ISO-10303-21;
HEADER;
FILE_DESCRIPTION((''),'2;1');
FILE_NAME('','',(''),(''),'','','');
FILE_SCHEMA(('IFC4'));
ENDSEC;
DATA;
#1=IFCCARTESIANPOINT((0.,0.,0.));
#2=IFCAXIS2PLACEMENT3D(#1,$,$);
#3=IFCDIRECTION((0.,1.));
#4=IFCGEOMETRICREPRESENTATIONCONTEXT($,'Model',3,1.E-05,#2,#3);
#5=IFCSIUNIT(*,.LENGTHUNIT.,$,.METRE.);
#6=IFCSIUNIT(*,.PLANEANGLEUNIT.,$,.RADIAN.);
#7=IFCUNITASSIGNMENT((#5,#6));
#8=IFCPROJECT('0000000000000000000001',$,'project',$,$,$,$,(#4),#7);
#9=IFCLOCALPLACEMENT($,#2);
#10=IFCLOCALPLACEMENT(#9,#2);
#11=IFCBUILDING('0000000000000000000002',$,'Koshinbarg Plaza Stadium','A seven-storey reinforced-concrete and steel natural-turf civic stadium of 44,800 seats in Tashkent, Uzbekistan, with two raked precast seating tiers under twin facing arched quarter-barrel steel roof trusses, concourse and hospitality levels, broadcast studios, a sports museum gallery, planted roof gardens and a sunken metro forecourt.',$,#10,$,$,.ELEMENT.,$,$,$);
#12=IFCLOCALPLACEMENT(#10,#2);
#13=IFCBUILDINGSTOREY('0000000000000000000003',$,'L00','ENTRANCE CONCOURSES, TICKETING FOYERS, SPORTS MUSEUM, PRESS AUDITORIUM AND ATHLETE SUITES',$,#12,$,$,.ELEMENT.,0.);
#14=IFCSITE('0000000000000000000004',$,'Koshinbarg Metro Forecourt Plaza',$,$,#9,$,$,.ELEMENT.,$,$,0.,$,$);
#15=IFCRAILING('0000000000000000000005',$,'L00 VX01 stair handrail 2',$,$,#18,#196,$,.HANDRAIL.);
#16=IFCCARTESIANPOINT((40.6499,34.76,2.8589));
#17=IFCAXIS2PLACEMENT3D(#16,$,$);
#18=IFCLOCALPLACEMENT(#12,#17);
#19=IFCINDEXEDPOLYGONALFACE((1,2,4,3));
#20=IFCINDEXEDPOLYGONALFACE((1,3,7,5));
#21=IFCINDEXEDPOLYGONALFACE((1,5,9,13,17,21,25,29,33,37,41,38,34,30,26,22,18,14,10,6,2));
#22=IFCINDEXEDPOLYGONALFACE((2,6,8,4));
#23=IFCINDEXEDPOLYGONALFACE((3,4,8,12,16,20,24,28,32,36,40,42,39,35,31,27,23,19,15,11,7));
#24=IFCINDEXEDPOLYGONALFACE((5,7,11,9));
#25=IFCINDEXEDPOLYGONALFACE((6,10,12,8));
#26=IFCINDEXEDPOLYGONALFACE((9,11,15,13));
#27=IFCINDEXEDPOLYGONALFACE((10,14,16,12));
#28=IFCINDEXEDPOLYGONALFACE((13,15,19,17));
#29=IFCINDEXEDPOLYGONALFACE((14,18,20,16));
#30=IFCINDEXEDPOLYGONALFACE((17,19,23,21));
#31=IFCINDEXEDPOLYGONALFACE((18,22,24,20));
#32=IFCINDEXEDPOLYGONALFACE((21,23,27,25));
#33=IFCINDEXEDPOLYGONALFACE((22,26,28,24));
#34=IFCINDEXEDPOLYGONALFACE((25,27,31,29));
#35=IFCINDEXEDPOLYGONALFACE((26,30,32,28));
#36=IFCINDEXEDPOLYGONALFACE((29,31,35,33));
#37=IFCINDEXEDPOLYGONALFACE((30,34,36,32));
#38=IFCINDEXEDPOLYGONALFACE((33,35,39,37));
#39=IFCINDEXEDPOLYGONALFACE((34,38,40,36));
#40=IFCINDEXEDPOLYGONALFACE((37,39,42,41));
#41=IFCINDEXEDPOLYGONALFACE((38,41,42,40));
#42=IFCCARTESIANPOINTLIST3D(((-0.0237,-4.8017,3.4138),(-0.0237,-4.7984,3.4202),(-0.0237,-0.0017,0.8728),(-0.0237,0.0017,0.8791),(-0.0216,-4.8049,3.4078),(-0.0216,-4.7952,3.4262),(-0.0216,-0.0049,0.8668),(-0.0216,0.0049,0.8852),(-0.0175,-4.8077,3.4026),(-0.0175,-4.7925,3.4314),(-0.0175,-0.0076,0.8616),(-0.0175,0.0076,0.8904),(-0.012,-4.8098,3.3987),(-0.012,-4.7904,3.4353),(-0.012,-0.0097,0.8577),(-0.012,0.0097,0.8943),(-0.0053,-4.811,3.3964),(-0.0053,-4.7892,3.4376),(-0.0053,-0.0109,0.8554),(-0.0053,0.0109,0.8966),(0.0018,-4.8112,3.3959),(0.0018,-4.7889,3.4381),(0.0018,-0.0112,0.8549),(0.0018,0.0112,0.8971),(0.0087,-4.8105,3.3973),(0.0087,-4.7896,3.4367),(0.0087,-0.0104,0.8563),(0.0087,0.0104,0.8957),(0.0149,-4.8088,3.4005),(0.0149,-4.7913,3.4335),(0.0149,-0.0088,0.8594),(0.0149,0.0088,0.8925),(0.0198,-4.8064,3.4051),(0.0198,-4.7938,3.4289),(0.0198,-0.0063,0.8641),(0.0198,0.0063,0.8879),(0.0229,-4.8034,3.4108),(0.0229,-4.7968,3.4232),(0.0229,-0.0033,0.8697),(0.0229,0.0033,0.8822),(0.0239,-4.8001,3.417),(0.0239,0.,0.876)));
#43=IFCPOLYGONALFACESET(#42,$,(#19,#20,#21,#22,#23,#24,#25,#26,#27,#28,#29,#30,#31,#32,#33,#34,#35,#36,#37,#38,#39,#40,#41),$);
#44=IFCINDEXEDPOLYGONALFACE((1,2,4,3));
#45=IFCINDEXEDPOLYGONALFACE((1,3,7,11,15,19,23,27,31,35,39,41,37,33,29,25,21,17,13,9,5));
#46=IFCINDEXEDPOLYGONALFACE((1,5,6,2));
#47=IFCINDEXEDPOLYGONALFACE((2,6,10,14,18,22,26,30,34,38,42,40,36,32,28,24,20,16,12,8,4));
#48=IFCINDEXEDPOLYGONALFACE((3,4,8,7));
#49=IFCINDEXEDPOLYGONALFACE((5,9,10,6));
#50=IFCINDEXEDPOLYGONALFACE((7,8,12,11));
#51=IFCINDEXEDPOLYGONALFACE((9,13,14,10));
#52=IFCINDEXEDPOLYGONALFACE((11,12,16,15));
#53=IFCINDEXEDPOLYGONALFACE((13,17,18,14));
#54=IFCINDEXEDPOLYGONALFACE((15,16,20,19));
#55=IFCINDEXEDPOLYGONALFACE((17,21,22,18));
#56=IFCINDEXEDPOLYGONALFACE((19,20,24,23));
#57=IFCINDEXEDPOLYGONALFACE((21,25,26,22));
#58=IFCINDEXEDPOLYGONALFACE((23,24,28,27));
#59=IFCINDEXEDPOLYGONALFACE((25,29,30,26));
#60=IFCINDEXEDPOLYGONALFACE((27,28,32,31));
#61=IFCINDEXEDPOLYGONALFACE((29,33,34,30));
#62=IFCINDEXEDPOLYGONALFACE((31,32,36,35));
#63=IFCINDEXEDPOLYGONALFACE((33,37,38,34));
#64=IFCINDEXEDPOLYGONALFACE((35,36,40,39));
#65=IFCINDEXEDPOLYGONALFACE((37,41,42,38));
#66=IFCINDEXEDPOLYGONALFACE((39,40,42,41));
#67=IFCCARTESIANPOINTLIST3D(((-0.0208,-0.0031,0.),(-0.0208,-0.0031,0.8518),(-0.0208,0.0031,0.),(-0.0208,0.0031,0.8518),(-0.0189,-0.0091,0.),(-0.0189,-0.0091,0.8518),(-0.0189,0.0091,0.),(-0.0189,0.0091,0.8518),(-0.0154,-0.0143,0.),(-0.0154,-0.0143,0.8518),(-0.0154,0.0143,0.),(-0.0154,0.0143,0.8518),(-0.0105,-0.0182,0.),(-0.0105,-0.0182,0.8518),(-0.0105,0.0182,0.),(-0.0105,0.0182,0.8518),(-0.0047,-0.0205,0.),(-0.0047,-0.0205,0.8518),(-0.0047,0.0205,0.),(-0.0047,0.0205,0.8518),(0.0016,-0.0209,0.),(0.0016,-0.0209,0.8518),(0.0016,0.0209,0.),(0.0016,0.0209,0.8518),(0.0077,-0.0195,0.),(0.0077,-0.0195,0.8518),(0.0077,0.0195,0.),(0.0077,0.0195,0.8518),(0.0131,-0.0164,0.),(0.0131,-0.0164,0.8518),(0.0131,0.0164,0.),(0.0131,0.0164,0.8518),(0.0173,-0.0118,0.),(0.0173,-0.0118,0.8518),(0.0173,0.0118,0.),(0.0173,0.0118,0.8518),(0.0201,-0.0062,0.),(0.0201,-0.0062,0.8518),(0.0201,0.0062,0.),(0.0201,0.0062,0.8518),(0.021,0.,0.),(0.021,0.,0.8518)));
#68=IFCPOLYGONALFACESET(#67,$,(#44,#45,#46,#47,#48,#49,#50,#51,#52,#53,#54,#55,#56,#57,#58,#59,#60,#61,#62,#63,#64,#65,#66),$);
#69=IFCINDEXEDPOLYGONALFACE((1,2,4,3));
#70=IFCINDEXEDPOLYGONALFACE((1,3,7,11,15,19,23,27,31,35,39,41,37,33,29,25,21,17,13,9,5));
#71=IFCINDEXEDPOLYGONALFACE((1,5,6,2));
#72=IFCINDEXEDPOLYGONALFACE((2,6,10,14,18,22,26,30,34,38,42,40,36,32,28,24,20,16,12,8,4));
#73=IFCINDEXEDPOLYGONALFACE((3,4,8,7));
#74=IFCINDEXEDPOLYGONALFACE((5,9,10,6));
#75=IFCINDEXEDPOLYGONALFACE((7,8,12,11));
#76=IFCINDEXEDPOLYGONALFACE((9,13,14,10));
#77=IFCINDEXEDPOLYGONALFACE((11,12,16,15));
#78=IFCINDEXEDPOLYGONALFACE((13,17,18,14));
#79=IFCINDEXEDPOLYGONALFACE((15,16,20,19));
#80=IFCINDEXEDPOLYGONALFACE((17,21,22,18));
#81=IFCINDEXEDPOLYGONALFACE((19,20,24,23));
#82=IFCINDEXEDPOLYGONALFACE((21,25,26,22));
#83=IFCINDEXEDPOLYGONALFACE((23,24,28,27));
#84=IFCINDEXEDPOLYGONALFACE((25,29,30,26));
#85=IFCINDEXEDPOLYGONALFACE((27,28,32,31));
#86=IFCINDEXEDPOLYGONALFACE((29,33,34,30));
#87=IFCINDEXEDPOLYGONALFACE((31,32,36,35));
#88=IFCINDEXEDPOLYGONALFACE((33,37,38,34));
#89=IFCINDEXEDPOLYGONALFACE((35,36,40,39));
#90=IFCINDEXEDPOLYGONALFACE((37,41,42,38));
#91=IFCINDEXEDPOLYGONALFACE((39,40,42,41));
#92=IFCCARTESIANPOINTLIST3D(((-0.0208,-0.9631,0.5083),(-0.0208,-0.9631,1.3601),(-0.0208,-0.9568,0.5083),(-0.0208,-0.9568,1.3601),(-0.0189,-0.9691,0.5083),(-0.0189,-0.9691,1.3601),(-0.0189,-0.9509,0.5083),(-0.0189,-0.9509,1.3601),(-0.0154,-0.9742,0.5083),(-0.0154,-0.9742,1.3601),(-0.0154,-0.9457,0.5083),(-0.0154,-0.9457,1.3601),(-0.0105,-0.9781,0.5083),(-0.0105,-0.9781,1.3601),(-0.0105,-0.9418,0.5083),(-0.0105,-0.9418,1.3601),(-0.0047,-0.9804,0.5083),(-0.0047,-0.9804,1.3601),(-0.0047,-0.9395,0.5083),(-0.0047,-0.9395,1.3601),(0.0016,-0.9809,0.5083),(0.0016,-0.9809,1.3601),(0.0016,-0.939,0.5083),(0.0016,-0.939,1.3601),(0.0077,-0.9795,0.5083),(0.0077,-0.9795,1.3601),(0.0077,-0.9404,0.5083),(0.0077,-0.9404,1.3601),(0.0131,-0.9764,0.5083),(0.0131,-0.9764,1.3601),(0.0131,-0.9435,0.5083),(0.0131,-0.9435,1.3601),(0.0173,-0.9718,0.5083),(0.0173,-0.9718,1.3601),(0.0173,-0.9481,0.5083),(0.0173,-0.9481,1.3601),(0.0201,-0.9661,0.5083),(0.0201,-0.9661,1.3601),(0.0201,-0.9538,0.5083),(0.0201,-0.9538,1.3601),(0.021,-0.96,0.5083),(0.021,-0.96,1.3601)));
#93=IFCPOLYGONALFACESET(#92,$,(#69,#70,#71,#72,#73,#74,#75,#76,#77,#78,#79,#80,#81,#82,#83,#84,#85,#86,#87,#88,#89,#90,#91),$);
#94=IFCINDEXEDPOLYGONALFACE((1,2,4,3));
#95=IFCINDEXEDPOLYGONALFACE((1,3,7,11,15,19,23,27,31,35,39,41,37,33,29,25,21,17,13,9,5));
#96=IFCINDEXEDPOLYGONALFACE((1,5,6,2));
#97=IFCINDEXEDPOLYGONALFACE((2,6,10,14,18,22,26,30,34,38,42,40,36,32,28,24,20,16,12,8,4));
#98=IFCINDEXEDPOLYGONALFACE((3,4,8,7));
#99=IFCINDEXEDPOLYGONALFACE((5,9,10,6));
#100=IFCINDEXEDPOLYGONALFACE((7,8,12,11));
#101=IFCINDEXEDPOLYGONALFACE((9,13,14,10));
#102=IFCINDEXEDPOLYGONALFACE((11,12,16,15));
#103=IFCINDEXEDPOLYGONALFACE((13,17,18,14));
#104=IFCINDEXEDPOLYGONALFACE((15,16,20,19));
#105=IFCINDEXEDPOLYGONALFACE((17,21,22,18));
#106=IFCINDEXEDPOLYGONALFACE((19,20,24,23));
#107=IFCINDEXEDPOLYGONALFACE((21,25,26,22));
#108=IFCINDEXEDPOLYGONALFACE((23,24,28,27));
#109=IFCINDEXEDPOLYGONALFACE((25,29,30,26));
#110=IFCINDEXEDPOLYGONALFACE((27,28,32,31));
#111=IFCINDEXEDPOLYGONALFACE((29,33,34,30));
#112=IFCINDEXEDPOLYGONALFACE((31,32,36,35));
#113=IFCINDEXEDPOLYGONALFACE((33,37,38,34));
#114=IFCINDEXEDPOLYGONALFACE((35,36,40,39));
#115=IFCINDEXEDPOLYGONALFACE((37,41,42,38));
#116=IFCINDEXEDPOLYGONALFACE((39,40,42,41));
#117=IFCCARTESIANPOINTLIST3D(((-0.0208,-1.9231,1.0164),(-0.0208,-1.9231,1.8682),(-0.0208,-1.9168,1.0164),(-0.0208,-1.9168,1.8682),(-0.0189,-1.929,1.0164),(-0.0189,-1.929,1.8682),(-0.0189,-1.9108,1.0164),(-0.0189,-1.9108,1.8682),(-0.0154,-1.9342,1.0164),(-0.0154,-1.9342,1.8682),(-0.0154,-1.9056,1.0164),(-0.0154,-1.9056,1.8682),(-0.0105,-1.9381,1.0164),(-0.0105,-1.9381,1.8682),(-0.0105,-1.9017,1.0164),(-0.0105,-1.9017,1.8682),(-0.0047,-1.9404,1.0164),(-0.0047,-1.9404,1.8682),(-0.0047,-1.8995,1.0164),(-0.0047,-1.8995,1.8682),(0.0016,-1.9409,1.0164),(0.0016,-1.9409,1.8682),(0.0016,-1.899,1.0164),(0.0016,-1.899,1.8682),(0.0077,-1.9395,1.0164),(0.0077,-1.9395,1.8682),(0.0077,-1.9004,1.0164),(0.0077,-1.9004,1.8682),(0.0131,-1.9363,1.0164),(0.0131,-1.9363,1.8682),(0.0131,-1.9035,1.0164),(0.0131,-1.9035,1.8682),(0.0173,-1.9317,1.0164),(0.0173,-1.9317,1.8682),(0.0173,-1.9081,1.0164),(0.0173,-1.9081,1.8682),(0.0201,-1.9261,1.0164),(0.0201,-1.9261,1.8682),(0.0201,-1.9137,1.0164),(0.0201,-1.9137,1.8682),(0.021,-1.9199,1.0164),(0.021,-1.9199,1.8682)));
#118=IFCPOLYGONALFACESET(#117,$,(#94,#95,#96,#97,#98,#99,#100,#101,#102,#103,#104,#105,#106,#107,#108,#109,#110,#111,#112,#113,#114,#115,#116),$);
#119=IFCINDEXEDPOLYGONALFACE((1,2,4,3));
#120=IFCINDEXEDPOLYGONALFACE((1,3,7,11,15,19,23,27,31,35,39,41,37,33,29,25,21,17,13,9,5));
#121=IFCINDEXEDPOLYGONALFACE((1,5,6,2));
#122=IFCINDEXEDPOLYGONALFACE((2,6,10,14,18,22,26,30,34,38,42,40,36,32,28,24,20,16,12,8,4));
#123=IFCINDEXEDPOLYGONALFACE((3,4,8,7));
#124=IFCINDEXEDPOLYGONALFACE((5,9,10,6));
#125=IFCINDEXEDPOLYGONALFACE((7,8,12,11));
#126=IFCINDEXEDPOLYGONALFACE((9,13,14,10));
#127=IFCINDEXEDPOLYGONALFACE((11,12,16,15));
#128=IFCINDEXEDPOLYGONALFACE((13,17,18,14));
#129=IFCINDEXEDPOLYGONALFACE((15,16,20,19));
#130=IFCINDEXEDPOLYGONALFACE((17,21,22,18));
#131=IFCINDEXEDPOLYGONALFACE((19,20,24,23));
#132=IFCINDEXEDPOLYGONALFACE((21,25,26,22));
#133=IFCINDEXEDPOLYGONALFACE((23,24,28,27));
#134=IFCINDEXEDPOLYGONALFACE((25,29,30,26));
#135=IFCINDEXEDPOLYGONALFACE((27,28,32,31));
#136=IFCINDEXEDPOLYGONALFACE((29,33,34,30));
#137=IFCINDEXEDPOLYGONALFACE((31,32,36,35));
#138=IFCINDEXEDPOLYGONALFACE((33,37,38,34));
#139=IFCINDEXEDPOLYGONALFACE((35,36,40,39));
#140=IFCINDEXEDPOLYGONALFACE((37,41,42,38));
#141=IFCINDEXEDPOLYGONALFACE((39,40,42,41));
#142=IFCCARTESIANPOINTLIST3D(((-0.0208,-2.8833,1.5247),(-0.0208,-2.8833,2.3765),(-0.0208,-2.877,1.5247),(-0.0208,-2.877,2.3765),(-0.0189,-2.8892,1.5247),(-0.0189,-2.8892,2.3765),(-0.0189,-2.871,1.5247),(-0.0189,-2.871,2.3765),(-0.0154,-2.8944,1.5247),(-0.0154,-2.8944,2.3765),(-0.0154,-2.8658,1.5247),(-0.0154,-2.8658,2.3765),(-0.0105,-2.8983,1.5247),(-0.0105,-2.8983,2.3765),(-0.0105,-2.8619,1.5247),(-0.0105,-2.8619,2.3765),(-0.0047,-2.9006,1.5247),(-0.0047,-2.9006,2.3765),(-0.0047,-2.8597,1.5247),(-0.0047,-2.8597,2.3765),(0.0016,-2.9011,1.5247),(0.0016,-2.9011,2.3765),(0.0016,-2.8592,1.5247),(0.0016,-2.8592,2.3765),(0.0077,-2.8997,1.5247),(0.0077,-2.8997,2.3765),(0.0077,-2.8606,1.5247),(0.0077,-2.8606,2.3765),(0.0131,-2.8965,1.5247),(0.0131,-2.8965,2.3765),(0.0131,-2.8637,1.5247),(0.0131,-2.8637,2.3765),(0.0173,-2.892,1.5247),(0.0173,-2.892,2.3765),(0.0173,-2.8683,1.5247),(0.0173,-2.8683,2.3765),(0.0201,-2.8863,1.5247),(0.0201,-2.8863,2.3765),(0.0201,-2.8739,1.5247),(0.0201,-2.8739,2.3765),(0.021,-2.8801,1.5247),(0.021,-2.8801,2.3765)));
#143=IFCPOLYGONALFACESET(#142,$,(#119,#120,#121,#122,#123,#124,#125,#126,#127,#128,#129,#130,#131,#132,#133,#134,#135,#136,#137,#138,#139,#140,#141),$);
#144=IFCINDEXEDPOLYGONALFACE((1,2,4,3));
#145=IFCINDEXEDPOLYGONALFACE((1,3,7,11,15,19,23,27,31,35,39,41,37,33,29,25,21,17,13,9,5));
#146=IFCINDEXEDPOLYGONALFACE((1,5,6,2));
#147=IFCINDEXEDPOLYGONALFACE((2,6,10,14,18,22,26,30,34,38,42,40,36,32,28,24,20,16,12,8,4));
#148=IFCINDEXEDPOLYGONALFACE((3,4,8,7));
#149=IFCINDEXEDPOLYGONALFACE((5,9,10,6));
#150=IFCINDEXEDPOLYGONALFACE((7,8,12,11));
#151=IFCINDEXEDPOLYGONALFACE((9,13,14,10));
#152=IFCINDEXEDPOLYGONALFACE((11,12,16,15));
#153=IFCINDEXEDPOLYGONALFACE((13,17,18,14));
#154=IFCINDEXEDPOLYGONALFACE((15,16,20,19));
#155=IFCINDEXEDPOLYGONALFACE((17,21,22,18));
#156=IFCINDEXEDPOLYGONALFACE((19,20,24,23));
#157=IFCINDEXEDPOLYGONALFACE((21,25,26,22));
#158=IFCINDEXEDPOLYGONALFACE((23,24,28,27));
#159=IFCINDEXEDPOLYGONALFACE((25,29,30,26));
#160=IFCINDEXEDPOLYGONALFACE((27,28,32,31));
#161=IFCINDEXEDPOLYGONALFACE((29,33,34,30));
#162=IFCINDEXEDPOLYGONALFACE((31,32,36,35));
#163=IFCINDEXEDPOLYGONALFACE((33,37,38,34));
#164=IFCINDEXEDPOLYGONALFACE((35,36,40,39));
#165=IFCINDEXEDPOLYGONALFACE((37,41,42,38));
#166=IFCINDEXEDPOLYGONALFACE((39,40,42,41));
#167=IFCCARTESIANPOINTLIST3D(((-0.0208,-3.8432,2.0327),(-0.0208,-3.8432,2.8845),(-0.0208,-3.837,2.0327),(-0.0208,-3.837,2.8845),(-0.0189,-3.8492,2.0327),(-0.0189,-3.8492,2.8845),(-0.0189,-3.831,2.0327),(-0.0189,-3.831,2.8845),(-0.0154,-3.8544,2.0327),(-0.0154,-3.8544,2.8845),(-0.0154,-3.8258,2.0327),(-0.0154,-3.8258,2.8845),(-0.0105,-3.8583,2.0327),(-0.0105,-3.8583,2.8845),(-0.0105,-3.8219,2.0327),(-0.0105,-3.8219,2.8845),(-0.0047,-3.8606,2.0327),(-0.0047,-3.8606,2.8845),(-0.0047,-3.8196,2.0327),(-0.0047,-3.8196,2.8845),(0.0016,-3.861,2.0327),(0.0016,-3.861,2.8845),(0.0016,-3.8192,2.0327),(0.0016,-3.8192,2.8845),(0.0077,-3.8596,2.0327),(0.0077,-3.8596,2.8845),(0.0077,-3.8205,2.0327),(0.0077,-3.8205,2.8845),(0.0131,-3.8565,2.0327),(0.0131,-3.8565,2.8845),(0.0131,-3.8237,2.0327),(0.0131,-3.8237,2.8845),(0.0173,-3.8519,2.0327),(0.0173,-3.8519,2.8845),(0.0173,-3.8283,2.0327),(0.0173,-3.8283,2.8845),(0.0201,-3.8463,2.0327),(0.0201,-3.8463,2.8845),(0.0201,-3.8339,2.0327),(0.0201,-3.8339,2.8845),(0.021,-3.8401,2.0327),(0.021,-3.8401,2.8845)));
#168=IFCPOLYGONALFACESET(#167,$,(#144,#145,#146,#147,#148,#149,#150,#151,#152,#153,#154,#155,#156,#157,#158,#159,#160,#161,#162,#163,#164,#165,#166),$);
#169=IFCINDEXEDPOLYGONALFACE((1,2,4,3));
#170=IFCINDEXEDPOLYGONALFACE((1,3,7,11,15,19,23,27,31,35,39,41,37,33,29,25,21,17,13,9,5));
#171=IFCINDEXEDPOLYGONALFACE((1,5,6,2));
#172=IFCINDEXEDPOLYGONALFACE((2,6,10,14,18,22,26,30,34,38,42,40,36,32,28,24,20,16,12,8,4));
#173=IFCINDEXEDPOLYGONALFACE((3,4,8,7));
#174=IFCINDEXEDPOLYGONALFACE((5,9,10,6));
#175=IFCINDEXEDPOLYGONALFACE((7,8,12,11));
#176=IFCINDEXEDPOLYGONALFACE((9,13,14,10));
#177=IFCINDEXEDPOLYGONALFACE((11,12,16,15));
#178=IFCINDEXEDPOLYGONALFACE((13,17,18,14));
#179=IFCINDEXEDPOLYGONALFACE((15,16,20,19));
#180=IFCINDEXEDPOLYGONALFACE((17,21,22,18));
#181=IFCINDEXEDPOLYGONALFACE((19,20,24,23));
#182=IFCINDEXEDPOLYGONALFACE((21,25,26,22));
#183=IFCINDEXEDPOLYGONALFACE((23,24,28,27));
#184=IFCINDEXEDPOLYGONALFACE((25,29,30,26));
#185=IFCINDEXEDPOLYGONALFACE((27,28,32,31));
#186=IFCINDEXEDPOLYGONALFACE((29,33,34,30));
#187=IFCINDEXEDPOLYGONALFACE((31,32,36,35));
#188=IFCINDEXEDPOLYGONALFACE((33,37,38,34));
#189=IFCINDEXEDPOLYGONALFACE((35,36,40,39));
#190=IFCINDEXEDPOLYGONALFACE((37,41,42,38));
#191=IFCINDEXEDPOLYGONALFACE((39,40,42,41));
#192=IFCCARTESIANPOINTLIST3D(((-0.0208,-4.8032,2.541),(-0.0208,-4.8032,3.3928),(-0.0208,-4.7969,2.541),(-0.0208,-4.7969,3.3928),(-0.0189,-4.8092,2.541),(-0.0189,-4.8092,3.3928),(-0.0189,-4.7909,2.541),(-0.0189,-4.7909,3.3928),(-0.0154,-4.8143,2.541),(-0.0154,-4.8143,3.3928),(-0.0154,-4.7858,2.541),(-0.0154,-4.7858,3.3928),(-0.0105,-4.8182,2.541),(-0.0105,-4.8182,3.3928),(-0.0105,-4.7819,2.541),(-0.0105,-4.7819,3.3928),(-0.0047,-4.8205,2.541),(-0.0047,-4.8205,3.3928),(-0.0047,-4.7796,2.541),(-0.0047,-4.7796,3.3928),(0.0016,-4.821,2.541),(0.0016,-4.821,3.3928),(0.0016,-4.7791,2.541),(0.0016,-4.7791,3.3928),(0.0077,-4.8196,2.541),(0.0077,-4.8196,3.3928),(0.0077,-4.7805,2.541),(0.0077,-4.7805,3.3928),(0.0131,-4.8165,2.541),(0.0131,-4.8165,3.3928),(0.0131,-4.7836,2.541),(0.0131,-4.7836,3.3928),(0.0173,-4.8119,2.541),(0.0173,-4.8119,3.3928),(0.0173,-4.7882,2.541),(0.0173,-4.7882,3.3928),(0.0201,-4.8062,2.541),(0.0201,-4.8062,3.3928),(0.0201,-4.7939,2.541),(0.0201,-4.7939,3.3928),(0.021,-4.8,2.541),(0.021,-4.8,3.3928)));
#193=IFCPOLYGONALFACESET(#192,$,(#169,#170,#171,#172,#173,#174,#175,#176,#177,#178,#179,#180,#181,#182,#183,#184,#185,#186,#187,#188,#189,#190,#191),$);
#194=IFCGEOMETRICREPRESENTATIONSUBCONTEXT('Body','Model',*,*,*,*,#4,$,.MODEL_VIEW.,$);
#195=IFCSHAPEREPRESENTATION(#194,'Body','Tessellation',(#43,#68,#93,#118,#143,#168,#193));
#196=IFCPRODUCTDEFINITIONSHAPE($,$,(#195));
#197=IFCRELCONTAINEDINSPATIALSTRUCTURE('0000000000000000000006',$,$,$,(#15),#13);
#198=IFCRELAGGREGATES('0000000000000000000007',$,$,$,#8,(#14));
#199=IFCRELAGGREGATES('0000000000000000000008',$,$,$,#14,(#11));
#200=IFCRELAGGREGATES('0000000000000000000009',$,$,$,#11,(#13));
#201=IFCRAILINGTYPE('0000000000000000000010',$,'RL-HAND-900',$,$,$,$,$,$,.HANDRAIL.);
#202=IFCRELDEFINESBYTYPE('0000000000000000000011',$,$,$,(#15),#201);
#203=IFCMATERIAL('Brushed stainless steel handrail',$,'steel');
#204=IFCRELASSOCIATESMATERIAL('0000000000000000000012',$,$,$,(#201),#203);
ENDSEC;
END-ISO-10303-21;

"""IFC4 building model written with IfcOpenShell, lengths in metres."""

from ifc_helpers import new_model, si_unit, direction, frame, origin, origin_2d, place, context, subcontext, project, spatial, circle, extrude, material, type_object, element, save


model = new_model("IFC4")

# Units and contexts
model_context = context("Model", 3, precision=1e-05, world=origin(), true_north=direction((0.0, 1.0)))
body_context = subcontext(model_context, "Body", "Model", "MODEL_VIEW")
ifc_project = project(units=[si_unit("LENGTHUNIT", "METRE"), si_unit("PLANEANGLEUNIT", "RADIAN")], contexts=[model_context])

# Site, building, storey
site_placement = place(None, origin())
site = spatial("IfcSite", under=ifc_project, at=site_placement, Name="Koshinbarg Metro Forecourt Plaza", CompositionType="ELEMENT", RefElevation=0.0)
building_placement = place(site_placement, origin())
building = spatial("IfcBuilding", under=site, at=building_placement, Name="Koshinbarg Plaza Stadium", Description="A seven-storey reinforced-concrete and steel natural-turf civic stadium of 44,800 seats in Tashkent, Uzbekistan, with two raked precast seating tiers under twin facing arched quarter-barrel steel roof trusses, concourse and hospitality levels, broadcast studios, a sports museum gallery, planted roof gardens and a sunken metro forecourt.", CompositionType="ELEMENT")
storey_placement = place(building_placement, origin())
storey = spatial("IfcBuildingStorey", under=building, at=storey_placement, Name="L00", Description="ENTRANCE CONCOURSES, TICKETING FOYERS, SPORTS MUSEUM, PRESS AUDITORIUM AND ATHLETE SUITES", CompositionType="ELEMENT", Elevation=0.0)

# Railing
ifc_material_1 = material(Name="Brushed stainless steel handrail", Category="steel")
railing_type_1 = type_object("IfcRailingType", Name="RL-HAND-900", PredefinedType="HANDRAIL", material=ifc_material_1)
for number, where, name in (
    (1, (40.6499, 34.76, 2.8589), "L00 VX01 stair handrail 2"),
):
    element("IfcRailing", number, at=place(storey_placement, frame(where)), inside=storey, type_object=railing_type_1, Name=name, PredefinedType="HANDRAIL", context=body_context, shape_type="SweptSolid", body=[
        extrude(circle(Radius=0.0239, at=origin_2d()), frame((0.0, 0.0, 0.876), z_axis=(0.0, -0.883802, 0.467861), x_axis=(1.0, 0.0, 0.0)), (0.0, 0.0, 1.0), 5.4312),
        extrude(circle(Radius=0.021, at=origin_2d()), origin(), (0.0, 0.0, 1.0), 0.8518),
        extrude(circle(Radius=0.021, at=origin_2d()), frame((0.0, -0.96, 0.5083)), (0.0, 0.0, 1.0), 0.8518),
        extrude(circle(Radius=0.021, at=origin_2d()), frame((0.0, -1.9199, 1.0164)), (0.0, 0.0, 1.0), 0.8518),
        extrude(circle(Radius=0.021, at=origin_2d()), frame((0.0, -2.8801, 1.5247)), (0.0, 0.0, 1.0), 0.8518),
        extrude(circle(Radius=0.021, at=origin_2d()), frame((0.0, -3.8401, 2.0327)), (0.0, 0.0, 1.0), 0.8518),
        extrude(circle(Radius=0.021, at=origin_2d()), frame((0.0, -4.8, 2.541)), (0.0, 0.0, 1.0), 0.8518),
    ])

save(model, "model.ifc")
